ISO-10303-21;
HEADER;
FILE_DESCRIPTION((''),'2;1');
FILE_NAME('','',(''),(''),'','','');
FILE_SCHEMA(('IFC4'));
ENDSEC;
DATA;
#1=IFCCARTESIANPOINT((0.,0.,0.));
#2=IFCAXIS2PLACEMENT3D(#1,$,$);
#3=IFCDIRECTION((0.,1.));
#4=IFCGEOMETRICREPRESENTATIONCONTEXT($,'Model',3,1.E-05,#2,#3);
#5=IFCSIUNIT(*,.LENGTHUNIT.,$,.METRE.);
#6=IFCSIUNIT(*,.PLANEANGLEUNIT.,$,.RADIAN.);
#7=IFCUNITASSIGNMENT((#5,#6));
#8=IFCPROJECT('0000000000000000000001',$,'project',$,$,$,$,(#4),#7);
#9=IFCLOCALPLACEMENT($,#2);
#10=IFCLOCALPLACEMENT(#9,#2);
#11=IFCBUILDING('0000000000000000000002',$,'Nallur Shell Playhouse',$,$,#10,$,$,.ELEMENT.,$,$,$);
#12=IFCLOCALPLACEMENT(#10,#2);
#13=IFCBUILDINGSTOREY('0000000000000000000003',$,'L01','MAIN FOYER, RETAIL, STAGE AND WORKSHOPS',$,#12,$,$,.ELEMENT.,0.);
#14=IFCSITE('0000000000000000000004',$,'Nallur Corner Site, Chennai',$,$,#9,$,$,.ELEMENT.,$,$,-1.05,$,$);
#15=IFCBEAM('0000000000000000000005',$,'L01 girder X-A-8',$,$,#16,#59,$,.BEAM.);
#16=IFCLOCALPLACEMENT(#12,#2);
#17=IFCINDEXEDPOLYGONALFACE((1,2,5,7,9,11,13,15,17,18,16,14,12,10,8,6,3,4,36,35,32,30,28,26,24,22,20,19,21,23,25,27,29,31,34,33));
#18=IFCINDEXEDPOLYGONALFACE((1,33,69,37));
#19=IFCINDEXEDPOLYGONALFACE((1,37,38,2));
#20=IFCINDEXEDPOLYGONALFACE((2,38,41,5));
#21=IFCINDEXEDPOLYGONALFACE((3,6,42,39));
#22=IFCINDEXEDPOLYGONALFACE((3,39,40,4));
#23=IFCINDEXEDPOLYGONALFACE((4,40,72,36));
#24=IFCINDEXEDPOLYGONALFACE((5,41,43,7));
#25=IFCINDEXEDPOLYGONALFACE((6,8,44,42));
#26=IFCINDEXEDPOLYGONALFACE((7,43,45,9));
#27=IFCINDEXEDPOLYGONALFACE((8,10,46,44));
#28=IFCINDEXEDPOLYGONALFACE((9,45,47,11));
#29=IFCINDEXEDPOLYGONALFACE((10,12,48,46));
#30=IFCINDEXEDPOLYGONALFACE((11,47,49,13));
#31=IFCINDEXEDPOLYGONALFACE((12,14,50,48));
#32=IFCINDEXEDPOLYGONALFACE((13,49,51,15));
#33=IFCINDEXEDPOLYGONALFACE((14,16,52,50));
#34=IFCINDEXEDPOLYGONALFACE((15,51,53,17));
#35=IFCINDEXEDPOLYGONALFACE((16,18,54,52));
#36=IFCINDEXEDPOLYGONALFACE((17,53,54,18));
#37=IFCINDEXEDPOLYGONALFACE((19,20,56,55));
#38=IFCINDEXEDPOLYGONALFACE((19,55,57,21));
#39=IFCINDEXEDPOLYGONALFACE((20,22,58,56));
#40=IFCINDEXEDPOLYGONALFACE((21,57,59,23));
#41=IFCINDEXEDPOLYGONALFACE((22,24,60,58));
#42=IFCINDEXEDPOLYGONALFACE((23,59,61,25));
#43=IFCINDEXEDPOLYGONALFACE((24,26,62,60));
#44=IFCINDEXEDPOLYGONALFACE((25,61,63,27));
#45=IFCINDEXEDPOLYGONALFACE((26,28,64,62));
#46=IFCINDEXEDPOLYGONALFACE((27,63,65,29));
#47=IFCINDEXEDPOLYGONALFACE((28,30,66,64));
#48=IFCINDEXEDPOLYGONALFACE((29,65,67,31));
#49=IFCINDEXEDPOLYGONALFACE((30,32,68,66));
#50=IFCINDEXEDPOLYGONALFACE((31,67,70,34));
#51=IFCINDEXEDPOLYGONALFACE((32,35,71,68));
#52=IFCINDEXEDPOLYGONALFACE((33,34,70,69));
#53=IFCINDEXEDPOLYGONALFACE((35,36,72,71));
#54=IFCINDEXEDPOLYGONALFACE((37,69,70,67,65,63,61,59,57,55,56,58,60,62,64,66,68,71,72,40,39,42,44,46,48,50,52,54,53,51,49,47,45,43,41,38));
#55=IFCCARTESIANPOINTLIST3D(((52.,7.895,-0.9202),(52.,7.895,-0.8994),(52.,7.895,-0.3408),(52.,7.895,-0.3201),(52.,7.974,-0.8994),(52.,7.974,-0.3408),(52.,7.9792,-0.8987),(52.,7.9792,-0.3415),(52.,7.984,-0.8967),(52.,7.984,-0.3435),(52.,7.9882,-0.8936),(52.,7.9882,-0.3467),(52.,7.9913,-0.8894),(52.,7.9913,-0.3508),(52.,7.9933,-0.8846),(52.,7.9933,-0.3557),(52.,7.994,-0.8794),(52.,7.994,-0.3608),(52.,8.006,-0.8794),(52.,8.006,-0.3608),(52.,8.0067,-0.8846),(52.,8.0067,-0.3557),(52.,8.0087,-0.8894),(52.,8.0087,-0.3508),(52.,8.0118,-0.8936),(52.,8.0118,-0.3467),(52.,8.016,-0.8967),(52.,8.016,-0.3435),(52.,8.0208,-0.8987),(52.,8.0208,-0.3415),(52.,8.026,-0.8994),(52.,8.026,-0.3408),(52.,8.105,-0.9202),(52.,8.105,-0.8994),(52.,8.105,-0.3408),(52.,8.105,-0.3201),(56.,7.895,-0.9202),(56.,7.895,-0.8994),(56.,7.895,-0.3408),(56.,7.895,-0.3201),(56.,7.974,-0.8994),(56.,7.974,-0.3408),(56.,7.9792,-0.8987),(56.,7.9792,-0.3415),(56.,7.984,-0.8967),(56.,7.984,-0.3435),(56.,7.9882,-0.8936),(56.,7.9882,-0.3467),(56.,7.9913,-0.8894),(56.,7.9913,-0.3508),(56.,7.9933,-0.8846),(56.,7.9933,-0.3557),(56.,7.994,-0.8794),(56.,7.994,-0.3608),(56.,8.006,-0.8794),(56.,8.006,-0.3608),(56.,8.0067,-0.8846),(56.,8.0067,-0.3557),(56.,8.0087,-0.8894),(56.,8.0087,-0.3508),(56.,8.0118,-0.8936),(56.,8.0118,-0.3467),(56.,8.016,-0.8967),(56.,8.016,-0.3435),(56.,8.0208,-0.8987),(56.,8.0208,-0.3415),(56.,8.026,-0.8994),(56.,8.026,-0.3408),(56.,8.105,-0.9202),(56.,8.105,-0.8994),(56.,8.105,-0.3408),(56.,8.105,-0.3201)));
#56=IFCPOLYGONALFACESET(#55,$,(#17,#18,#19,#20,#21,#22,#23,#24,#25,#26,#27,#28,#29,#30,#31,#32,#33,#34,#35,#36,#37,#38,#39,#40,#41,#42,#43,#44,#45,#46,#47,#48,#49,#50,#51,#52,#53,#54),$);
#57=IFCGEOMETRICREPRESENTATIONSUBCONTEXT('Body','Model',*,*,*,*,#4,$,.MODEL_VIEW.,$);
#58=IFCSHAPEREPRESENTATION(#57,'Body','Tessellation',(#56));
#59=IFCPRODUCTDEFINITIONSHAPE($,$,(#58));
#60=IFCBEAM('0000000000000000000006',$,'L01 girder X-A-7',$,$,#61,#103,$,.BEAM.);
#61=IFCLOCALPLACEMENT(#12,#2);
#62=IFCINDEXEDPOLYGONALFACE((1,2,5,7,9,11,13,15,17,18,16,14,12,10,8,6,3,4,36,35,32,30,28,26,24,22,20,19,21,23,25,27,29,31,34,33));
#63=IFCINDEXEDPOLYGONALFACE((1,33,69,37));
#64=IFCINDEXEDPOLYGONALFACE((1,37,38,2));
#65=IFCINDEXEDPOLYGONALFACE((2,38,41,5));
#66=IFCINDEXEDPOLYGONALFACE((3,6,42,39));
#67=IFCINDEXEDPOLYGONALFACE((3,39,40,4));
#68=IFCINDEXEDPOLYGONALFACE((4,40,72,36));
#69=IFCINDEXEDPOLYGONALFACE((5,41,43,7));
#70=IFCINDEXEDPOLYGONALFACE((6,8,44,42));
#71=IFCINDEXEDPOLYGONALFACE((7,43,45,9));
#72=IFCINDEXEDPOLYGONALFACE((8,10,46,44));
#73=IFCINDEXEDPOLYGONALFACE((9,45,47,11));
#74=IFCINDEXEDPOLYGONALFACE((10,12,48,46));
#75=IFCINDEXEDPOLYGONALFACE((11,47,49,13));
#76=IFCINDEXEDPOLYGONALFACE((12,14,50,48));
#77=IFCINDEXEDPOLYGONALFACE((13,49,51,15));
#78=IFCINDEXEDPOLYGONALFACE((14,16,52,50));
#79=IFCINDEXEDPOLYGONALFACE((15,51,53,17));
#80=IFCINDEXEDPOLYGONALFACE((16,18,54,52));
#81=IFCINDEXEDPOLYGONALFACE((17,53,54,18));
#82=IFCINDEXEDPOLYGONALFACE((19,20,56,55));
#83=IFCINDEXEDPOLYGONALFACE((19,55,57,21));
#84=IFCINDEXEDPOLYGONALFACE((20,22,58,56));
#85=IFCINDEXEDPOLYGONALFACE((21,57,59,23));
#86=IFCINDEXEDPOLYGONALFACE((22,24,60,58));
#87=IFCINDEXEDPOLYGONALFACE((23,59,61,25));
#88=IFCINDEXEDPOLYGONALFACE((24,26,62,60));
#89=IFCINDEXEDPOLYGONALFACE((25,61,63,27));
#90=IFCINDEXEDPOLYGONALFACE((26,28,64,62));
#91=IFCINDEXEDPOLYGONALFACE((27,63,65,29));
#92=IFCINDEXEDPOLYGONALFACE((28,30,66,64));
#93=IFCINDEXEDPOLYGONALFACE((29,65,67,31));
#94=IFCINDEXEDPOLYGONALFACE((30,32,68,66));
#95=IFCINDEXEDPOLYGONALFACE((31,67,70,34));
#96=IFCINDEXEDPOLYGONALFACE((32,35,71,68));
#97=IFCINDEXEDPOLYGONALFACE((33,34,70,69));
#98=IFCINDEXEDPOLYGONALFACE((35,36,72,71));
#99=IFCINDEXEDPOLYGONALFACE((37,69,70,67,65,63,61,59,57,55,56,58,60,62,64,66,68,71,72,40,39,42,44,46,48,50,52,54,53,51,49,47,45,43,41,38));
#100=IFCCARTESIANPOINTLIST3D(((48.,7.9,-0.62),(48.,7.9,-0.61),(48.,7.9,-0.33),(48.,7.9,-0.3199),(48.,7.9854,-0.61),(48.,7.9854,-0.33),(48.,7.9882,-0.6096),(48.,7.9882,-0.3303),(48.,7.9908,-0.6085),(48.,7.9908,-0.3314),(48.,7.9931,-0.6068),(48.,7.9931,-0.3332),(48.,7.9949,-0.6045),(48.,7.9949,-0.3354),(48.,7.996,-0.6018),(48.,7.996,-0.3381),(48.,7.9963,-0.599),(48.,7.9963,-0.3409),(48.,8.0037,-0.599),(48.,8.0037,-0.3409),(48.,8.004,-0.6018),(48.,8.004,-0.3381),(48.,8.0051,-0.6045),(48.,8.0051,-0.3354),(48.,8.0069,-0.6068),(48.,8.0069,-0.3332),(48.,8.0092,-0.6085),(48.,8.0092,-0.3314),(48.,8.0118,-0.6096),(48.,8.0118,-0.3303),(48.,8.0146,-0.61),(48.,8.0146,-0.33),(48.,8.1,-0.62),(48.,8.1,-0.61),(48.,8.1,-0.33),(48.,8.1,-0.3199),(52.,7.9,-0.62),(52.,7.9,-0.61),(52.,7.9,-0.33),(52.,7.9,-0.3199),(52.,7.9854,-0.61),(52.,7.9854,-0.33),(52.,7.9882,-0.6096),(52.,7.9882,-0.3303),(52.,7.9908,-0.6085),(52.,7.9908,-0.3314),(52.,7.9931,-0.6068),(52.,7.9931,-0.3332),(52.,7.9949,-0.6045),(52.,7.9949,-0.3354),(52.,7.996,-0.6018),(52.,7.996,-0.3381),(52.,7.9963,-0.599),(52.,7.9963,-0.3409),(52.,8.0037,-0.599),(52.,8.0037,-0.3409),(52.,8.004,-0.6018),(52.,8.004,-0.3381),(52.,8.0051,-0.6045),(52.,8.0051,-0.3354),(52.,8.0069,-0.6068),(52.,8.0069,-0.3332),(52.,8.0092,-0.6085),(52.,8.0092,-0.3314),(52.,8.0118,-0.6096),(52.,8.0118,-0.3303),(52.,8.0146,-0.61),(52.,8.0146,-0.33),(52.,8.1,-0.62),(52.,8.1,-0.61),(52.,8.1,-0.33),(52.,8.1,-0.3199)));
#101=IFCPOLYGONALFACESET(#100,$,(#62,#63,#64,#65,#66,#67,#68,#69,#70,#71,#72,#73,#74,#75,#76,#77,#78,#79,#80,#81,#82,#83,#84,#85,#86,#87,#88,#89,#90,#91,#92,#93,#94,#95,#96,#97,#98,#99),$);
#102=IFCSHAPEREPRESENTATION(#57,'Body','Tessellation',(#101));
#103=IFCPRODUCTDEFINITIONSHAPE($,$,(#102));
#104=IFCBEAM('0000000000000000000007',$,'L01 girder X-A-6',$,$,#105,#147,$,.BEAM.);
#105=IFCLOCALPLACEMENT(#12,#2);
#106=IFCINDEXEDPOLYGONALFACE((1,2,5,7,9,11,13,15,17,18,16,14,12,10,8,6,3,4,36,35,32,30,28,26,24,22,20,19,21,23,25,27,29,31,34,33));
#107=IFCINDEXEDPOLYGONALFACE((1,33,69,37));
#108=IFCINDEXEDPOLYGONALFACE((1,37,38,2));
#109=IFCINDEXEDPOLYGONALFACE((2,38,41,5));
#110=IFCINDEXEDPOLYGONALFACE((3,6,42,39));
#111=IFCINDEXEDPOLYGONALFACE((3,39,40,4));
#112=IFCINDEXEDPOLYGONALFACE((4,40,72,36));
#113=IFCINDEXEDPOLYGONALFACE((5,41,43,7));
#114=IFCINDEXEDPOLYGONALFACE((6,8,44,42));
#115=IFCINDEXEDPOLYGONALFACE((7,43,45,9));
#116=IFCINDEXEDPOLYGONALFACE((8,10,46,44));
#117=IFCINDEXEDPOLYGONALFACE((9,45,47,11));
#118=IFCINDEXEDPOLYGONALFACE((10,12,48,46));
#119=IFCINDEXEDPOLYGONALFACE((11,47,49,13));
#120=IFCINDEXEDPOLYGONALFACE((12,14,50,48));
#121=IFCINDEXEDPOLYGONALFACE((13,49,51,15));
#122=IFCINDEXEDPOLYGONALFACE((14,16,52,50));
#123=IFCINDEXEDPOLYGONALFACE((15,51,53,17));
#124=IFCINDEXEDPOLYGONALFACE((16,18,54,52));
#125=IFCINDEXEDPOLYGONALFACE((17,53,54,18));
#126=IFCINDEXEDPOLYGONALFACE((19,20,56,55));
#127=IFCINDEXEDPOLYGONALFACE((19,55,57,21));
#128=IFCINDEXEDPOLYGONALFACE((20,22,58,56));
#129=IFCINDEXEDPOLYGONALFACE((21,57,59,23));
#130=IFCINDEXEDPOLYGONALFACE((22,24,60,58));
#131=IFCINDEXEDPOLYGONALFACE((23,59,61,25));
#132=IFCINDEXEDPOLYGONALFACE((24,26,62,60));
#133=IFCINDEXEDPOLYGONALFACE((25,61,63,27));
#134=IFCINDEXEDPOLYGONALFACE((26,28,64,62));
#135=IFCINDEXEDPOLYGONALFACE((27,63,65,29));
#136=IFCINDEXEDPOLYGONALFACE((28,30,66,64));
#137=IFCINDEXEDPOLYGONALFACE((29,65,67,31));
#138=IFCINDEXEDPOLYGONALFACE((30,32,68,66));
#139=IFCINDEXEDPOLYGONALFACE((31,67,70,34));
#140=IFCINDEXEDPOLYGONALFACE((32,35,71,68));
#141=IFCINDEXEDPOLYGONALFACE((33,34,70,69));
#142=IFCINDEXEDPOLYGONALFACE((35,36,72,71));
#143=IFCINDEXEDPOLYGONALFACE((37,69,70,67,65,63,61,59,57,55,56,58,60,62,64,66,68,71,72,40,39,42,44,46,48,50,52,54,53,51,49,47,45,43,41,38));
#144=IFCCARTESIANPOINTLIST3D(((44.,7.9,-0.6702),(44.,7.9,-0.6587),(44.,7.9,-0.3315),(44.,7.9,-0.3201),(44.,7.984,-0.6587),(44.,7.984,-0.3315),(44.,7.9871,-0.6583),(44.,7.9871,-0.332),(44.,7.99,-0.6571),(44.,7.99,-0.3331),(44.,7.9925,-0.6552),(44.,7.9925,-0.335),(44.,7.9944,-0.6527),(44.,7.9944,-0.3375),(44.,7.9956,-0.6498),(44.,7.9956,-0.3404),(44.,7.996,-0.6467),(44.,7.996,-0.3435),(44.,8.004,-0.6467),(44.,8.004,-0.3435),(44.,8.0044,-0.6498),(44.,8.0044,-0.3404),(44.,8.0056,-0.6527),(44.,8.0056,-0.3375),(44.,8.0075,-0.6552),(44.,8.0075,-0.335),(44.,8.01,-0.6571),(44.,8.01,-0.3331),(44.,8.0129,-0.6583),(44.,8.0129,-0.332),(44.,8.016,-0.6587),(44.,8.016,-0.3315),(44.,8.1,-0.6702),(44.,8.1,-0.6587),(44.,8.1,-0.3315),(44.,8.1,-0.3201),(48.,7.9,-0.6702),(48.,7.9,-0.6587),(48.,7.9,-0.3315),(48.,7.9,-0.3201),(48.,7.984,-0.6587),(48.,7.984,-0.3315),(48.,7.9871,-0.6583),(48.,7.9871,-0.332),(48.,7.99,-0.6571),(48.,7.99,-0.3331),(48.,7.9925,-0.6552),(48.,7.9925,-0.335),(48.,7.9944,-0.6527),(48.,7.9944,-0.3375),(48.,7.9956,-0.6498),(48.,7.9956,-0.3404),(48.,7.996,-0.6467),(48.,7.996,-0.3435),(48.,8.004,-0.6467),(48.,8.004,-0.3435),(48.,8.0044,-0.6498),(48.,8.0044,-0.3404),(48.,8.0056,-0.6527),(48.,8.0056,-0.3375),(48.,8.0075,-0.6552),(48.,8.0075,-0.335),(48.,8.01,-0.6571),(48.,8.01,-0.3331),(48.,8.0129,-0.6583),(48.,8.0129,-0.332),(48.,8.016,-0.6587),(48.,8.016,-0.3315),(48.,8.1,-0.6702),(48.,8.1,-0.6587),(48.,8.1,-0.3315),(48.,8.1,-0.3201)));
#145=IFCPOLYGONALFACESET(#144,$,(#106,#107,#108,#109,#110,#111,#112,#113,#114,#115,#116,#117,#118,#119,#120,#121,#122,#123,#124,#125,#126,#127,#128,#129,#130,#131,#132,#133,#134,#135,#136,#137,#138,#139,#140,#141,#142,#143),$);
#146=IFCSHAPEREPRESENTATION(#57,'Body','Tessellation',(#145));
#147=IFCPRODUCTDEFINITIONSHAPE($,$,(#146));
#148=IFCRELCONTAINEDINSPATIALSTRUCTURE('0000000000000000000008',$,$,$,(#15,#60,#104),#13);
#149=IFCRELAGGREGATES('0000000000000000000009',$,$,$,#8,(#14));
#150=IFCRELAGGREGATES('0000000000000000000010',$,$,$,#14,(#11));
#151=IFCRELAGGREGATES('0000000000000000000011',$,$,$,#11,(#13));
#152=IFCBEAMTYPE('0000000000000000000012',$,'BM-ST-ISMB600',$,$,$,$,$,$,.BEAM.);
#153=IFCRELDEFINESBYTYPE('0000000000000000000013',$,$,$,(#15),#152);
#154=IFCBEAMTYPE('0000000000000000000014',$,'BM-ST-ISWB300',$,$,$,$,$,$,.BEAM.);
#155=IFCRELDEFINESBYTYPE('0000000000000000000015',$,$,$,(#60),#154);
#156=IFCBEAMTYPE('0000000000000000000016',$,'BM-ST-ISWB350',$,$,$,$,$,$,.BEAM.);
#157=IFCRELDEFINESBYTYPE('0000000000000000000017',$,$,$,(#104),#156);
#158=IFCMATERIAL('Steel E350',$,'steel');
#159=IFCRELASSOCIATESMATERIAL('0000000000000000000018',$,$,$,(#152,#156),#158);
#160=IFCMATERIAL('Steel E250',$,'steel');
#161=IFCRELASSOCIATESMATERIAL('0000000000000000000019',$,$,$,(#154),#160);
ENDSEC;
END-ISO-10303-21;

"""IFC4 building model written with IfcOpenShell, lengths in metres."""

from ifc_helpers import new_model, si_unit, direction, frame, origin, origin_2d, place, context, subcontext, project, spatial, i_section, extrude, material, material_profile, profile_set, type_object, element, save


model = new_model("IFC4")

# Units and contexts
model_context = context("Model", 3, precision=1e-05, world=origin(), true_north=direction((0.0, 1.0)))
body_context = subcontext(model_context, "Body", "Model", "MODEL_VIEW")
ifc_project = project(units=[si_unit("LENGTHUNIT", "METRE"), si_unit("PLANEANGLEUNIT", "RADIAN")], contexts=[model_context])

# Site, building, storey
site_placement = place(None, origin())
site = spatial("IfcSite", under=ifc_project, at=site_placement, Name="Nallur Corner Site, Chennai", CompositionType="ELEMENT", RefElevation=-1.05)
building_placement = place(site_placement, origin())
building = spatial("IfcBuilding", under=site, at=building_placement, Name="Nallur Shell Playhouse", CompositionType="ELEMENT")
storey_placement = place(building_placement, origin())
storey = spatial("IfcBuildingStorey", under=building, at=storey_placement, Name="L01", Description="MAIN FOYER, RETAIL, STAGE AND WORKSHOPS", CompositionType="ELEMENT", Elevation=0.0)

# Beams
ifc_material_1 = material(Name="Steel E250", Category="steel")
ifc_material_2 = material(Name="Steel E350", Category="steel")
ifc_material_profile_1 = material_profile(ifc_material_2, i_section(OverallWidth=0.21, OverallDepth=0.6001, WebThickness=0.012, FlangeThickness=0.0208, FilletRadius=0.02, at=origin_2d()), Name="ISMB 600")
ifc_profile_set_1 = profile_set([ifc_material_profile_1], Name="Steel E350")
beam_type_1 = type_object("IfcBeamType", Name="BM-ST-ISMB600", PredefinedType="BEAM", material=ifc_profile_set_1)
beam_1_placement = place(storey_placement, frame((52.0, 8.0, -0.6201), z_axis=(1.0, 0.0, 0.0), x_axis=(0.0, 1.0, 0.0)))
element("IfcBeam", 1, at=beam_1_placement, inside=storey, type_object=beam_type_1, Name="L01 girder X-A-8", PredefinedType="BEAM", context=body_context, shape_type="SweptSolid", body=[
    extrude(i_section(OverallWidth=0.21, OverallDepth=0.6001, WebThickness=0.012, FlangeThickness=0.0208, FilletRadius=0.02, at=origin_2d()), origin(), (0.0, 0.0, 1.0), 4.0),
])
ifc_material_profile_2 = material_profile(ifc_material_1, i_section(OverallWidth=0.2, OverallDepth=0.3, WebThickness=0.0073, FlangeThickness=0.01, FilletRadius=0.011, at=origin_2d()), Name="ISWB 300")
ifc_profile_set_2 = profile_set([ifc_material_profile_2], Name="Steel E250")
beam_type_2 = type_object("IfcBeamType", Name="BM-ST-ISWB300", PredefinedType="BEAM", material=ifc_profile_set_2)
beam_2_placement = place(storey_placement, frame((48.0, 8.0, -0.47), z_axis=(1.0, 0.0, 0.0), x_axis=(0.0, 1.0, 0.0)))
element("IfcBeam", 2, at=beam_2_placement, inside=storey, type_object=beam_type_2, Name="L01 girder X-A-7", PredefinedType="BEAM", context=body_context, shape_type="SweptSolid", body=[
    extrude(i_section(OverallWidth=0.2, OverallDepth=0.3, WebThickness=0.0073, FlangeThickness=0.01, FilletRadius=0.011, at=origin_2d()), origin(), (0.0, 0.0, 1.0), 4.0),
])
ifc_material_profile_3 = material_profile(ifc_material_2, i_section(OverallWidth=0.2, OverallDepth=0.3501, WebThickness=0.0081, FlangeThickness=0.0115, FilletRadius=0.012, at=origin_2d()), Name="ISWB 350")
ifc_profile_set_3 = profile_set([ifc_material_profile_3], Name="Steel E350")
beam_type_3 = type_object("IfcBeamType", Name="BM-ST-ISWB350", PredefinedType="BEAM", material=ifc_profile_set_3)
beam_3_placement = place(storey_placement, frame((44.0, 8.0, -0.4951), z_axis=(1.0, 0.0, 0.0), x_axis=(0.0, 1.0, 0.0)))
element("IfcBeam", 3, at=beam_3_placement, inside=storey, type_object=beam_type_3, Name="L01 girder X-A-6", PredefinedType="BEAM", context=body_context, shape_type="SweptSolid", body=[
    extrude(i_section(OverallWidth=0.2, OverallDepth=0.3501, WebThickness=0.0081, FlangeThickness=0.0115, FilletRadius=0.012, at=origin_2d()), origin(), (0.0, 0.0, 1.0), 4.0),
])

save(model, "model.ifc")
